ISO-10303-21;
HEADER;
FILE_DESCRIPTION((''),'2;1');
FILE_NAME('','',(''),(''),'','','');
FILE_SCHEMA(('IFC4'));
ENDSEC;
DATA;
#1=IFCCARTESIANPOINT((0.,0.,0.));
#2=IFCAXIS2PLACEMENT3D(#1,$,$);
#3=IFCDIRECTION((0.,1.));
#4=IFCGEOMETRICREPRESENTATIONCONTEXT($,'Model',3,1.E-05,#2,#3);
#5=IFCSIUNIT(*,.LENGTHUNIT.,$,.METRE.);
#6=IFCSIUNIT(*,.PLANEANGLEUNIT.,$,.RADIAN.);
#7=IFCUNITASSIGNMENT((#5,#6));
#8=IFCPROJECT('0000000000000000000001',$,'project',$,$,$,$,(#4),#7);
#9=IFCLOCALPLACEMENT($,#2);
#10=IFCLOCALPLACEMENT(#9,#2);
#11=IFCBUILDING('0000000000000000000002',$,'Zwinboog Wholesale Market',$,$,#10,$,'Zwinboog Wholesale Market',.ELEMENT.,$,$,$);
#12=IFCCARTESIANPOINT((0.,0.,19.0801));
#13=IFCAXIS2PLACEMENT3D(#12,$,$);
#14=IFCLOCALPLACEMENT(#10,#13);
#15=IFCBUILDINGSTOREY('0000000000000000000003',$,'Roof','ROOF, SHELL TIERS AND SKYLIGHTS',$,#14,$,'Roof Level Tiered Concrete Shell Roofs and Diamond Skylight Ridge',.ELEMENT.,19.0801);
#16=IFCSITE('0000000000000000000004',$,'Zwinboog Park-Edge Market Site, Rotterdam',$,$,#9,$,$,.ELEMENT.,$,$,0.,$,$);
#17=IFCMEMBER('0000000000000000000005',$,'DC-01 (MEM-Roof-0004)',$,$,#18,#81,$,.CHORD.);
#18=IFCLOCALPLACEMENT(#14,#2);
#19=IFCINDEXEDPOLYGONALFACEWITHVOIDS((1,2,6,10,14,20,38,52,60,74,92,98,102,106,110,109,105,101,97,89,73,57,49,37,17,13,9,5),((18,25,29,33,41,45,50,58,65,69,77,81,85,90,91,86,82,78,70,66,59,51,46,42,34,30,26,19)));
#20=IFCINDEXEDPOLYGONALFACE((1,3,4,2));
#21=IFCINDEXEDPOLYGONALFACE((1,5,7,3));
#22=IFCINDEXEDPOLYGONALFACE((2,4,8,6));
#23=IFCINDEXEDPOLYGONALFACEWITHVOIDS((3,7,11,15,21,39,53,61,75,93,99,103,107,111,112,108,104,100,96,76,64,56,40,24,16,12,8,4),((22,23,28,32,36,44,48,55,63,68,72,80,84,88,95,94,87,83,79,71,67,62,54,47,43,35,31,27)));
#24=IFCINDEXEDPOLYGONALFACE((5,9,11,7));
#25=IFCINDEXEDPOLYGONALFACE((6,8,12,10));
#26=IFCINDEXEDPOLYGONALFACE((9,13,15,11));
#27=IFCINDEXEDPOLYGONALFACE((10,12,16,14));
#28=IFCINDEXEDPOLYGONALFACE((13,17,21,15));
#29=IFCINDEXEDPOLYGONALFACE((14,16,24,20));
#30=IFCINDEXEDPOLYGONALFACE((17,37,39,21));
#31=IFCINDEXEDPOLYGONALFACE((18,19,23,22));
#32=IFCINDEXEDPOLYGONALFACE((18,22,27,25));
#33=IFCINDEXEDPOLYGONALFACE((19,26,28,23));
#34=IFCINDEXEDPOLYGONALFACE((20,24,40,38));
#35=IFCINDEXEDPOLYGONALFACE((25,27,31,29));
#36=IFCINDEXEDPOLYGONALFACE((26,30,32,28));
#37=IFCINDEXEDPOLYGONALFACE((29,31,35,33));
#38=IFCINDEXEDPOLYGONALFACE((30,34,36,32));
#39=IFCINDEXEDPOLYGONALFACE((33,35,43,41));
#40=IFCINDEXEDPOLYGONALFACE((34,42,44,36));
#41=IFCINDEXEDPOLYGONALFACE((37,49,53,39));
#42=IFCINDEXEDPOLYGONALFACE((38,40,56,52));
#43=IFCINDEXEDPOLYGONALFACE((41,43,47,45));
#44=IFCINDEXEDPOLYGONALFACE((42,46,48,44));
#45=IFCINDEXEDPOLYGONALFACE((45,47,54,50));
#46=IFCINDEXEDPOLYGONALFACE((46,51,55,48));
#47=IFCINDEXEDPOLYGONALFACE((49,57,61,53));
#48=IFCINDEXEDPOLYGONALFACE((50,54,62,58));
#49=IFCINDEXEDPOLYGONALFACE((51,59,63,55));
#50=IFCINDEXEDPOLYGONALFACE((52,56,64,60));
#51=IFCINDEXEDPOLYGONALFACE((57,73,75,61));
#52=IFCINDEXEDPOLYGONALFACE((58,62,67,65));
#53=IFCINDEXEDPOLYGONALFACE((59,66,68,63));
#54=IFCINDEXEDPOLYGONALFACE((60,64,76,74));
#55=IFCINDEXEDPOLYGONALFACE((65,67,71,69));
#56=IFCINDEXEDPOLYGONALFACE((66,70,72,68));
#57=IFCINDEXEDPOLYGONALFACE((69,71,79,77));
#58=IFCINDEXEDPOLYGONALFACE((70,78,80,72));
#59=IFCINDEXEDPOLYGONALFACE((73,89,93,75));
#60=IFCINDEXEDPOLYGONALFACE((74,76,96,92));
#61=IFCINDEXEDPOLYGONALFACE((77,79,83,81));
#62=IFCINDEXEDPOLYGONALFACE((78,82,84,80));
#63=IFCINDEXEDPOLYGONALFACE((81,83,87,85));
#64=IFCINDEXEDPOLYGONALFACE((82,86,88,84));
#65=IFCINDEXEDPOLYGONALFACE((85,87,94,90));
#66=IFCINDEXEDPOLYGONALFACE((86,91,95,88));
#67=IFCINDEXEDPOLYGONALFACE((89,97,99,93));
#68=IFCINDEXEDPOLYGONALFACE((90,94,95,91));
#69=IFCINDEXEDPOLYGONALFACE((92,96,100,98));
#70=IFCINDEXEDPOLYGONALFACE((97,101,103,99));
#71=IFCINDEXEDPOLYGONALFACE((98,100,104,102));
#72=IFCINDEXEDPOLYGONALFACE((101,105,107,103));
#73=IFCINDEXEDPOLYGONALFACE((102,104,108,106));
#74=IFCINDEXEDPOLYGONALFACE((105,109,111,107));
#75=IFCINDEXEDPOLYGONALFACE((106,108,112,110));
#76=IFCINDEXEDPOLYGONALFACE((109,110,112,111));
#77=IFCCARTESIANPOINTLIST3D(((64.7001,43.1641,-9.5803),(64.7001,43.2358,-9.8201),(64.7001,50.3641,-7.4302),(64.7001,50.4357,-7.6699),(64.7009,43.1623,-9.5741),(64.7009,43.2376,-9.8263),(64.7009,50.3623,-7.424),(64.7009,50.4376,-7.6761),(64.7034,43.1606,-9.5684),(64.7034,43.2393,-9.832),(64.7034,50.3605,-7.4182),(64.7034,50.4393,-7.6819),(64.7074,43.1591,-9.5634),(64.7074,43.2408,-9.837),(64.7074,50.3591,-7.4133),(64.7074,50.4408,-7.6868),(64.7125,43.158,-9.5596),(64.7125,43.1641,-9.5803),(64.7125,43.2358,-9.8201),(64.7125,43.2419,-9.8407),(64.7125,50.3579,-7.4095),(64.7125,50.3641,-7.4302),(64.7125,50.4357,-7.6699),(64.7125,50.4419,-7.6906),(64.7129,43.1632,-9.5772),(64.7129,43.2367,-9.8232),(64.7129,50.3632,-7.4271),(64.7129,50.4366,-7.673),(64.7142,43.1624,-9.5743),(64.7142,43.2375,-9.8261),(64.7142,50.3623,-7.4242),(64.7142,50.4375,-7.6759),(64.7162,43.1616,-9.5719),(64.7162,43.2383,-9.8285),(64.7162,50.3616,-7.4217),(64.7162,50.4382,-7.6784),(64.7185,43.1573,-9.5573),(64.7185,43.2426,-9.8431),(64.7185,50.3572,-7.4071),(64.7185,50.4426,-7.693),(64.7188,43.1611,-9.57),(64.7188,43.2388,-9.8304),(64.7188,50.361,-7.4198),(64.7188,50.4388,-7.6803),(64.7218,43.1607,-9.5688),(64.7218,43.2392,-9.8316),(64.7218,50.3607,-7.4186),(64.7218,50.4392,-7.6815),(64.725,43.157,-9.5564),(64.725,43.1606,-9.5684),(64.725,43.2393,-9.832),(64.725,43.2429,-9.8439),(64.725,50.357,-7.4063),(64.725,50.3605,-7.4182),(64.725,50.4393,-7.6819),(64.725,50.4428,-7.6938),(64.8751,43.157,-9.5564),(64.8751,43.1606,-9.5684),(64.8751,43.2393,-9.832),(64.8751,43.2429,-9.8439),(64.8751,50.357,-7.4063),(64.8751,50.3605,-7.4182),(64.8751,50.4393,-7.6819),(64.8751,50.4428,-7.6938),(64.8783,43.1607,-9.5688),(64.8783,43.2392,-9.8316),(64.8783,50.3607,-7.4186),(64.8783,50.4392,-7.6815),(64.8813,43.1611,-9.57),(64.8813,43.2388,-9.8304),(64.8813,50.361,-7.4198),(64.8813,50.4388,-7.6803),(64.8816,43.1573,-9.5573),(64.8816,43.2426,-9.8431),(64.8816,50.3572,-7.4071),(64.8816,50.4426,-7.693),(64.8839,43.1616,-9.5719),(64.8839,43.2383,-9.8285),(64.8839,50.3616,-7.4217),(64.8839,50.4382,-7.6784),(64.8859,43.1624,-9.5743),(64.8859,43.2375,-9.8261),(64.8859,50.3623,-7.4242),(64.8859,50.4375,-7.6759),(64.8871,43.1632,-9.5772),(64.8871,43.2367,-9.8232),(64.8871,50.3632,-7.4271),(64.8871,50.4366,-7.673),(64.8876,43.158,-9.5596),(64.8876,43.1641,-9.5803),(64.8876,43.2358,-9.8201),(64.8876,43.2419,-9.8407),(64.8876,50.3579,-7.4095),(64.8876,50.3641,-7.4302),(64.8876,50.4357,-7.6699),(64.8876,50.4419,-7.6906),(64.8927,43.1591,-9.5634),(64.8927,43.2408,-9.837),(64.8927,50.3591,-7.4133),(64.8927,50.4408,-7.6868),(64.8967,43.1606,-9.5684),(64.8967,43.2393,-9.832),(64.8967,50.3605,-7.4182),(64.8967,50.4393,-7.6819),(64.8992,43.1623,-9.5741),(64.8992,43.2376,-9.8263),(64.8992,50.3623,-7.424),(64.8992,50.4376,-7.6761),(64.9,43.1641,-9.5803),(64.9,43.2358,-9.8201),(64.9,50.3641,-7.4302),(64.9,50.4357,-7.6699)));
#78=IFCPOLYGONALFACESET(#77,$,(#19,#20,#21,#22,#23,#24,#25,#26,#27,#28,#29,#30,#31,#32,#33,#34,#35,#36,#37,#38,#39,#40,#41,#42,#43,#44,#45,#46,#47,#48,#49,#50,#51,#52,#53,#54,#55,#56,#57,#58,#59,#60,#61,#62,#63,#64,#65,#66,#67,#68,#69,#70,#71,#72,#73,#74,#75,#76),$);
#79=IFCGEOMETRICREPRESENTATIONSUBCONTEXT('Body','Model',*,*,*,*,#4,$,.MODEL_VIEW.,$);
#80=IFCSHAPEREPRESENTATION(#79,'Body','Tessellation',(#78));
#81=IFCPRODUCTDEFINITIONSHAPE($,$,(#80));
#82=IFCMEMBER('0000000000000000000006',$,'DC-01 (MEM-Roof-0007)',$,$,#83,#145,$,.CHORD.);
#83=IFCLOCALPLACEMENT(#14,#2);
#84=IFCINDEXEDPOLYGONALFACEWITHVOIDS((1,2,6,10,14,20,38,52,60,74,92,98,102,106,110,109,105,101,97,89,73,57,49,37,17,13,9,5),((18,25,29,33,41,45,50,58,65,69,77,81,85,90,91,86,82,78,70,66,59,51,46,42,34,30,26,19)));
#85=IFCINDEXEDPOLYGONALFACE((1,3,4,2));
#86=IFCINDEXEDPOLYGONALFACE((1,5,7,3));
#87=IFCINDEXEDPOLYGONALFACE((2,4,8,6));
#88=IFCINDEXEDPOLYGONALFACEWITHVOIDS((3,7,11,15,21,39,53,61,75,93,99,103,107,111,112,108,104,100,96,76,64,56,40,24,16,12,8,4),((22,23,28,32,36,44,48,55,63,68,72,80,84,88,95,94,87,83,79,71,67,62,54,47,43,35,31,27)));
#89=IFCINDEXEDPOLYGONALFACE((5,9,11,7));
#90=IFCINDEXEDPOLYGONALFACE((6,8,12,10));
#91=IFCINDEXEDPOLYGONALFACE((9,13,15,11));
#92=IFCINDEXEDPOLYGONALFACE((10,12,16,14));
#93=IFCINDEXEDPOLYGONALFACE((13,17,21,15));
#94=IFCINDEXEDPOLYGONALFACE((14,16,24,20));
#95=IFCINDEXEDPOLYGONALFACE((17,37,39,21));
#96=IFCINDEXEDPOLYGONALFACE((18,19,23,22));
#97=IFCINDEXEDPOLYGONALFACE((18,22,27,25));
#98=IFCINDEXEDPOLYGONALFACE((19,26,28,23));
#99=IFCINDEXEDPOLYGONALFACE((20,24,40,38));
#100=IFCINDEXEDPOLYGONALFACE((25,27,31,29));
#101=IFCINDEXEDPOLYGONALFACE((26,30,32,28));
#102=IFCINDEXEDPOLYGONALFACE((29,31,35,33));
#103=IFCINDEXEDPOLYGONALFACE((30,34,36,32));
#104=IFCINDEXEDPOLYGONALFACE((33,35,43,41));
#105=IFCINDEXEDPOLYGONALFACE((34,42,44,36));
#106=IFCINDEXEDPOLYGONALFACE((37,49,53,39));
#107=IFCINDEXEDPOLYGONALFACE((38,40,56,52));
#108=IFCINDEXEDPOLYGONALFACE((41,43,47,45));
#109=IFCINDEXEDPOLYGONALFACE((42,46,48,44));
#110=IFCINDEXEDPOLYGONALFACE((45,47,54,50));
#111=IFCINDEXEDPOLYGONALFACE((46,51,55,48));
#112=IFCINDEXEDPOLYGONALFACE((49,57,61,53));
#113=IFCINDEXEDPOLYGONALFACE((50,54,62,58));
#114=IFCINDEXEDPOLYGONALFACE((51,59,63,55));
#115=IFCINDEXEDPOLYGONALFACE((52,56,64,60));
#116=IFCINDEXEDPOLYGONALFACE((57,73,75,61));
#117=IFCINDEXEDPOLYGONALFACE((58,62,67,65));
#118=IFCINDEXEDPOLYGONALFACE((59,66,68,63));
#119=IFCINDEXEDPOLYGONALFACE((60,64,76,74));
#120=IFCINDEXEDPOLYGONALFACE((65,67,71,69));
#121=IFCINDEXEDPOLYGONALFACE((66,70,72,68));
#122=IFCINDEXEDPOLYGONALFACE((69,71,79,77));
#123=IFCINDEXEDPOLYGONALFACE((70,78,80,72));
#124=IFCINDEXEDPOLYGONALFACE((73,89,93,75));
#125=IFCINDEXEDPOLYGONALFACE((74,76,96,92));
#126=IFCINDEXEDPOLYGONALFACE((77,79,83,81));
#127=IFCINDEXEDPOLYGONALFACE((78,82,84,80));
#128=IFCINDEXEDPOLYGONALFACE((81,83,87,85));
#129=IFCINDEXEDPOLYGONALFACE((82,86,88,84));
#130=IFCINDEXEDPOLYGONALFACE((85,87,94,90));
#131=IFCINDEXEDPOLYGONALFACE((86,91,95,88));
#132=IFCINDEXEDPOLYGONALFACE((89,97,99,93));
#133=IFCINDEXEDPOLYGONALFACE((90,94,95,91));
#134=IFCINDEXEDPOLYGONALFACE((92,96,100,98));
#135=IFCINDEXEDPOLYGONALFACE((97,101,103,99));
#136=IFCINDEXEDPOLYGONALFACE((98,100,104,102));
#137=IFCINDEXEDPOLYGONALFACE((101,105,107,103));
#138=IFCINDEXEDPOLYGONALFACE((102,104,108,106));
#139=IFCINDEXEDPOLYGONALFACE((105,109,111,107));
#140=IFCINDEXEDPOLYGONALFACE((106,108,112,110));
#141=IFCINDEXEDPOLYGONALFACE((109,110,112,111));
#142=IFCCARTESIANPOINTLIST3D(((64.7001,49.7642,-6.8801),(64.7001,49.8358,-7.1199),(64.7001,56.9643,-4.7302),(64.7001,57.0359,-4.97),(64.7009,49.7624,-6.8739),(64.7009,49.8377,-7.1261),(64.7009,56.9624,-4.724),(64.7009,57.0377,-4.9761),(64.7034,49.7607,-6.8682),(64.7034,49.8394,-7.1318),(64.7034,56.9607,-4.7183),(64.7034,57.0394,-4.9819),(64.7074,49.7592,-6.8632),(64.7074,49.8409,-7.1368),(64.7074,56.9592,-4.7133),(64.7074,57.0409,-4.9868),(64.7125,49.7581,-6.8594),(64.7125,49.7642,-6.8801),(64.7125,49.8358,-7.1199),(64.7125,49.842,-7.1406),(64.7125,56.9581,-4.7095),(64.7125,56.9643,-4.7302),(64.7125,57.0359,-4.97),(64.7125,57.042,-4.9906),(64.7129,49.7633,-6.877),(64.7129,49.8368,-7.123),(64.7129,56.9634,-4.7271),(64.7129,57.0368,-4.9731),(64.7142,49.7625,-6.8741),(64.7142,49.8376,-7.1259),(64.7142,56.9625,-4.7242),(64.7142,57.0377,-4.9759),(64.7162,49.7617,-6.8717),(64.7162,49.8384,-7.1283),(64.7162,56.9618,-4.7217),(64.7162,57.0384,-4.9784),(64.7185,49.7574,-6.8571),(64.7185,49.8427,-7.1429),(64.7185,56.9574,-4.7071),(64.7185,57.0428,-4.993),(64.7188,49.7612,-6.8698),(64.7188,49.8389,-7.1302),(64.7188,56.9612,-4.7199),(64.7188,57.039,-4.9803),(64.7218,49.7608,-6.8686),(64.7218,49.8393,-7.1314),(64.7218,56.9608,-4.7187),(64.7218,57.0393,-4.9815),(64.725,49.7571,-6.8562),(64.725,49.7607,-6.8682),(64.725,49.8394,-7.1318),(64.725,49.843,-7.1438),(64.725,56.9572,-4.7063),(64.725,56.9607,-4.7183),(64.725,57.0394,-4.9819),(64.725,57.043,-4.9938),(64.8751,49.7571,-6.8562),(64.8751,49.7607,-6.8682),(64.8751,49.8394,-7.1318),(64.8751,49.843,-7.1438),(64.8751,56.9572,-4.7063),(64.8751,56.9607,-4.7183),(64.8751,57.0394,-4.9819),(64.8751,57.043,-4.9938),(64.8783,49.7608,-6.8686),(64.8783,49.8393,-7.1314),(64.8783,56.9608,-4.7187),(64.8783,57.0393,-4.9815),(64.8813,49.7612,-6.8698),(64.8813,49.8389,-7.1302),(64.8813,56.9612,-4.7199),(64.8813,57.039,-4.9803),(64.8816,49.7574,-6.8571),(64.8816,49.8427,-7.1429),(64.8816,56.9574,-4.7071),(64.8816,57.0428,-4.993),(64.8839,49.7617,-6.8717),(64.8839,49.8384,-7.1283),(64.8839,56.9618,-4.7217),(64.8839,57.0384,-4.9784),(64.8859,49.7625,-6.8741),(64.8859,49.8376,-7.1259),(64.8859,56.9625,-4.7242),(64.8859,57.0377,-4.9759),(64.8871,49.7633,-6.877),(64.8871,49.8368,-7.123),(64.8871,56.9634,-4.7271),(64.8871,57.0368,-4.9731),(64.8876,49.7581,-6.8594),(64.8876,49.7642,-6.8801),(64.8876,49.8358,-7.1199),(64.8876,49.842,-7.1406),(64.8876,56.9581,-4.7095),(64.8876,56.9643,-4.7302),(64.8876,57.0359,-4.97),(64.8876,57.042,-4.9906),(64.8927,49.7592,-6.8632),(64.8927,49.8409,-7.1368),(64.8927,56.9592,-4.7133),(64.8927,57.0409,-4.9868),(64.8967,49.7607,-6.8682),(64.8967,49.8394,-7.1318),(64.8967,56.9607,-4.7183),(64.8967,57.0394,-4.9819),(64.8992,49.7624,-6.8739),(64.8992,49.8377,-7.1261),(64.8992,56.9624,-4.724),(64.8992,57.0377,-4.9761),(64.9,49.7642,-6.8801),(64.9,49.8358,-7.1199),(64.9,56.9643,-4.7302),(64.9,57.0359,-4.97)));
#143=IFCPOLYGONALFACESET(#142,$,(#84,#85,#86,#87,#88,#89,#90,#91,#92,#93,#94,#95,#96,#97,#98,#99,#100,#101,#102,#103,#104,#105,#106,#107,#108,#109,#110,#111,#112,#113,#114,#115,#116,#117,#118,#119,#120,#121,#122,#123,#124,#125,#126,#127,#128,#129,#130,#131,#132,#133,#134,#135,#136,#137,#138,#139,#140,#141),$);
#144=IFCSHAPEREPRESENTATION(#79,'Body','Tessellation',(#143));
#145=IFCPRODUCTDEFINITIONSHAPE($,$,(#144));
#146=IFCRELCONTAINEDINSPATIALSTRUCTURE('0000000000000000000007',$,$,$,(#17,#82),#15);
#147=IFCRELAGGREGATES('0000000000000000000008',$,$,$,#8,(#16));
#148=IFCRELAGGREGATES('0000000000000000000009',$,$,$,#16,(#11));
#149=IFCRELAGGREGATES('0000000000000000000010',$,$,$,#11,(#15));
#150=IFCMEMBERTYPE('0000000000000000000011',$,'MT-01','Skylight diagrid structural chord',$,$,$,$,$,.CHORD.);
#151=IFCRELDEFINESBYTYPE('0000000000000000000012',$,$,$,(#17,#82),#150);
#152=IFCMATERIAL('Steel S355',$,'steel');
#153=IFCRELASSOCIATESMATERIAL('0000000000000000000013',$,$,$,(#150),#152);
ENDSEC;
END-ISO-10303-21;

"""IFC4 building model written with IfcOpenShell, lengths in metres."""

from ifc_helpers import new_model, si_unit, direction, frame, origin, origin_2d, place, context, subcontext, project, spatial, hollow_rectangle, extrude, material, material_profile, profile_set, type_object, element, save


model = new_model("IFC4")

# Units and contexts
model_context = context("Model", 3, precision=1e-05, world=origin(), true_north=direction((0.0, 1.0)))
body_context = subcontext(model_context, "Body", "Model", "MODEL_VIEW")
ifc_project = project(units=[si_unit("LENGTHUNIT", "METRE"), si_unit("PLANEANGLEUNIT", "RADIAN")], contexts=[model_context])

# Site, building, storey
site_placement = place(None, origin())
site = spatial("IfcSite", under=ifc_project, at=site_placement, Name="Zwinboog Park-Edge Market Site, Rotterdam", CompositionType="ELEMENT", RefElevation=0.0)
building_placement = place(site_placement, origin())
building = spatial("IfcBuilding", under=site, at=building_placement, Name="Zwinboog Wholesale Market", LongName="Zwinboog Wholesale Market", CompositionType="ELEMENT")
storey_placement = place(building_placement, frame((0.0, 0.0, 19.0801)))
storey = spatial("IfcBuildingStorey", under=building, at=storey_placement, Name="Roof", Description="ROOF, SHELL TIERS AND SKYLIGHTS", LongName="Roof Level Tiered Concrete Shell Roofs and Diamond Skylight Ridge", CompositionType="ELEMENT", Elevation=19.0801)

# Members
ifc_material_1 = material(Name="Steel S355", Category="steel")
ifc_material_profile_1 = material_profile(ifc_material_1, hollow_rectangle(XDim=0.2, YDim=0.3, WallThickness=0.0125, InnerFilletRadius=0.0125, OuterFilletRadius=0.0249, at=origin_2d()), Name="RHS 300x200x12.5")
ifc_profile_set_1 = profile_set([ifc_material_profile_1], Name="Steel S355")
member_type_1 = type_object("IfcMemberType", Name="MT-01", Description="Skylight diagrid structural chord", PredefinedType="CHORD", material=ifc_profile_set_1)
for number, where, z_axis, x_axis, name in (
    (1, (64.8, 43.2, -9.7002), (0.0, 0.958186, 0.286146), (-1.0, 0.0, 0.0), "DC-01 (MEM-Roof-0004)"),
    (2, (64.8, 49.8, -7.0), (0.0, 0.958195, 0.286117), (-1.0, 0.0, 0.0), "DC-01 (MEM-Roof-0007)"),
):
    element("IfcMember", number, at=place(storey_placement, frame(where, z_axis=z_axis, x_axis=x_axis)), inside=storey, type_object=member_type_1, Name=name, PredefinedType="CHORD", context=body_context, shape_type="SweptSolid", body=[
        extrude(hollow_rectangle(XDim=0.2, YDim=0.3, WallThickness=0.0125, InnerFilletRadius=0.0125, OuterFilletRadius=0.0249, at=origin_2d()), origin(), (0.0, 0.0, 1.0), 7.5142),
    ])

save(model, "model.ifc")
